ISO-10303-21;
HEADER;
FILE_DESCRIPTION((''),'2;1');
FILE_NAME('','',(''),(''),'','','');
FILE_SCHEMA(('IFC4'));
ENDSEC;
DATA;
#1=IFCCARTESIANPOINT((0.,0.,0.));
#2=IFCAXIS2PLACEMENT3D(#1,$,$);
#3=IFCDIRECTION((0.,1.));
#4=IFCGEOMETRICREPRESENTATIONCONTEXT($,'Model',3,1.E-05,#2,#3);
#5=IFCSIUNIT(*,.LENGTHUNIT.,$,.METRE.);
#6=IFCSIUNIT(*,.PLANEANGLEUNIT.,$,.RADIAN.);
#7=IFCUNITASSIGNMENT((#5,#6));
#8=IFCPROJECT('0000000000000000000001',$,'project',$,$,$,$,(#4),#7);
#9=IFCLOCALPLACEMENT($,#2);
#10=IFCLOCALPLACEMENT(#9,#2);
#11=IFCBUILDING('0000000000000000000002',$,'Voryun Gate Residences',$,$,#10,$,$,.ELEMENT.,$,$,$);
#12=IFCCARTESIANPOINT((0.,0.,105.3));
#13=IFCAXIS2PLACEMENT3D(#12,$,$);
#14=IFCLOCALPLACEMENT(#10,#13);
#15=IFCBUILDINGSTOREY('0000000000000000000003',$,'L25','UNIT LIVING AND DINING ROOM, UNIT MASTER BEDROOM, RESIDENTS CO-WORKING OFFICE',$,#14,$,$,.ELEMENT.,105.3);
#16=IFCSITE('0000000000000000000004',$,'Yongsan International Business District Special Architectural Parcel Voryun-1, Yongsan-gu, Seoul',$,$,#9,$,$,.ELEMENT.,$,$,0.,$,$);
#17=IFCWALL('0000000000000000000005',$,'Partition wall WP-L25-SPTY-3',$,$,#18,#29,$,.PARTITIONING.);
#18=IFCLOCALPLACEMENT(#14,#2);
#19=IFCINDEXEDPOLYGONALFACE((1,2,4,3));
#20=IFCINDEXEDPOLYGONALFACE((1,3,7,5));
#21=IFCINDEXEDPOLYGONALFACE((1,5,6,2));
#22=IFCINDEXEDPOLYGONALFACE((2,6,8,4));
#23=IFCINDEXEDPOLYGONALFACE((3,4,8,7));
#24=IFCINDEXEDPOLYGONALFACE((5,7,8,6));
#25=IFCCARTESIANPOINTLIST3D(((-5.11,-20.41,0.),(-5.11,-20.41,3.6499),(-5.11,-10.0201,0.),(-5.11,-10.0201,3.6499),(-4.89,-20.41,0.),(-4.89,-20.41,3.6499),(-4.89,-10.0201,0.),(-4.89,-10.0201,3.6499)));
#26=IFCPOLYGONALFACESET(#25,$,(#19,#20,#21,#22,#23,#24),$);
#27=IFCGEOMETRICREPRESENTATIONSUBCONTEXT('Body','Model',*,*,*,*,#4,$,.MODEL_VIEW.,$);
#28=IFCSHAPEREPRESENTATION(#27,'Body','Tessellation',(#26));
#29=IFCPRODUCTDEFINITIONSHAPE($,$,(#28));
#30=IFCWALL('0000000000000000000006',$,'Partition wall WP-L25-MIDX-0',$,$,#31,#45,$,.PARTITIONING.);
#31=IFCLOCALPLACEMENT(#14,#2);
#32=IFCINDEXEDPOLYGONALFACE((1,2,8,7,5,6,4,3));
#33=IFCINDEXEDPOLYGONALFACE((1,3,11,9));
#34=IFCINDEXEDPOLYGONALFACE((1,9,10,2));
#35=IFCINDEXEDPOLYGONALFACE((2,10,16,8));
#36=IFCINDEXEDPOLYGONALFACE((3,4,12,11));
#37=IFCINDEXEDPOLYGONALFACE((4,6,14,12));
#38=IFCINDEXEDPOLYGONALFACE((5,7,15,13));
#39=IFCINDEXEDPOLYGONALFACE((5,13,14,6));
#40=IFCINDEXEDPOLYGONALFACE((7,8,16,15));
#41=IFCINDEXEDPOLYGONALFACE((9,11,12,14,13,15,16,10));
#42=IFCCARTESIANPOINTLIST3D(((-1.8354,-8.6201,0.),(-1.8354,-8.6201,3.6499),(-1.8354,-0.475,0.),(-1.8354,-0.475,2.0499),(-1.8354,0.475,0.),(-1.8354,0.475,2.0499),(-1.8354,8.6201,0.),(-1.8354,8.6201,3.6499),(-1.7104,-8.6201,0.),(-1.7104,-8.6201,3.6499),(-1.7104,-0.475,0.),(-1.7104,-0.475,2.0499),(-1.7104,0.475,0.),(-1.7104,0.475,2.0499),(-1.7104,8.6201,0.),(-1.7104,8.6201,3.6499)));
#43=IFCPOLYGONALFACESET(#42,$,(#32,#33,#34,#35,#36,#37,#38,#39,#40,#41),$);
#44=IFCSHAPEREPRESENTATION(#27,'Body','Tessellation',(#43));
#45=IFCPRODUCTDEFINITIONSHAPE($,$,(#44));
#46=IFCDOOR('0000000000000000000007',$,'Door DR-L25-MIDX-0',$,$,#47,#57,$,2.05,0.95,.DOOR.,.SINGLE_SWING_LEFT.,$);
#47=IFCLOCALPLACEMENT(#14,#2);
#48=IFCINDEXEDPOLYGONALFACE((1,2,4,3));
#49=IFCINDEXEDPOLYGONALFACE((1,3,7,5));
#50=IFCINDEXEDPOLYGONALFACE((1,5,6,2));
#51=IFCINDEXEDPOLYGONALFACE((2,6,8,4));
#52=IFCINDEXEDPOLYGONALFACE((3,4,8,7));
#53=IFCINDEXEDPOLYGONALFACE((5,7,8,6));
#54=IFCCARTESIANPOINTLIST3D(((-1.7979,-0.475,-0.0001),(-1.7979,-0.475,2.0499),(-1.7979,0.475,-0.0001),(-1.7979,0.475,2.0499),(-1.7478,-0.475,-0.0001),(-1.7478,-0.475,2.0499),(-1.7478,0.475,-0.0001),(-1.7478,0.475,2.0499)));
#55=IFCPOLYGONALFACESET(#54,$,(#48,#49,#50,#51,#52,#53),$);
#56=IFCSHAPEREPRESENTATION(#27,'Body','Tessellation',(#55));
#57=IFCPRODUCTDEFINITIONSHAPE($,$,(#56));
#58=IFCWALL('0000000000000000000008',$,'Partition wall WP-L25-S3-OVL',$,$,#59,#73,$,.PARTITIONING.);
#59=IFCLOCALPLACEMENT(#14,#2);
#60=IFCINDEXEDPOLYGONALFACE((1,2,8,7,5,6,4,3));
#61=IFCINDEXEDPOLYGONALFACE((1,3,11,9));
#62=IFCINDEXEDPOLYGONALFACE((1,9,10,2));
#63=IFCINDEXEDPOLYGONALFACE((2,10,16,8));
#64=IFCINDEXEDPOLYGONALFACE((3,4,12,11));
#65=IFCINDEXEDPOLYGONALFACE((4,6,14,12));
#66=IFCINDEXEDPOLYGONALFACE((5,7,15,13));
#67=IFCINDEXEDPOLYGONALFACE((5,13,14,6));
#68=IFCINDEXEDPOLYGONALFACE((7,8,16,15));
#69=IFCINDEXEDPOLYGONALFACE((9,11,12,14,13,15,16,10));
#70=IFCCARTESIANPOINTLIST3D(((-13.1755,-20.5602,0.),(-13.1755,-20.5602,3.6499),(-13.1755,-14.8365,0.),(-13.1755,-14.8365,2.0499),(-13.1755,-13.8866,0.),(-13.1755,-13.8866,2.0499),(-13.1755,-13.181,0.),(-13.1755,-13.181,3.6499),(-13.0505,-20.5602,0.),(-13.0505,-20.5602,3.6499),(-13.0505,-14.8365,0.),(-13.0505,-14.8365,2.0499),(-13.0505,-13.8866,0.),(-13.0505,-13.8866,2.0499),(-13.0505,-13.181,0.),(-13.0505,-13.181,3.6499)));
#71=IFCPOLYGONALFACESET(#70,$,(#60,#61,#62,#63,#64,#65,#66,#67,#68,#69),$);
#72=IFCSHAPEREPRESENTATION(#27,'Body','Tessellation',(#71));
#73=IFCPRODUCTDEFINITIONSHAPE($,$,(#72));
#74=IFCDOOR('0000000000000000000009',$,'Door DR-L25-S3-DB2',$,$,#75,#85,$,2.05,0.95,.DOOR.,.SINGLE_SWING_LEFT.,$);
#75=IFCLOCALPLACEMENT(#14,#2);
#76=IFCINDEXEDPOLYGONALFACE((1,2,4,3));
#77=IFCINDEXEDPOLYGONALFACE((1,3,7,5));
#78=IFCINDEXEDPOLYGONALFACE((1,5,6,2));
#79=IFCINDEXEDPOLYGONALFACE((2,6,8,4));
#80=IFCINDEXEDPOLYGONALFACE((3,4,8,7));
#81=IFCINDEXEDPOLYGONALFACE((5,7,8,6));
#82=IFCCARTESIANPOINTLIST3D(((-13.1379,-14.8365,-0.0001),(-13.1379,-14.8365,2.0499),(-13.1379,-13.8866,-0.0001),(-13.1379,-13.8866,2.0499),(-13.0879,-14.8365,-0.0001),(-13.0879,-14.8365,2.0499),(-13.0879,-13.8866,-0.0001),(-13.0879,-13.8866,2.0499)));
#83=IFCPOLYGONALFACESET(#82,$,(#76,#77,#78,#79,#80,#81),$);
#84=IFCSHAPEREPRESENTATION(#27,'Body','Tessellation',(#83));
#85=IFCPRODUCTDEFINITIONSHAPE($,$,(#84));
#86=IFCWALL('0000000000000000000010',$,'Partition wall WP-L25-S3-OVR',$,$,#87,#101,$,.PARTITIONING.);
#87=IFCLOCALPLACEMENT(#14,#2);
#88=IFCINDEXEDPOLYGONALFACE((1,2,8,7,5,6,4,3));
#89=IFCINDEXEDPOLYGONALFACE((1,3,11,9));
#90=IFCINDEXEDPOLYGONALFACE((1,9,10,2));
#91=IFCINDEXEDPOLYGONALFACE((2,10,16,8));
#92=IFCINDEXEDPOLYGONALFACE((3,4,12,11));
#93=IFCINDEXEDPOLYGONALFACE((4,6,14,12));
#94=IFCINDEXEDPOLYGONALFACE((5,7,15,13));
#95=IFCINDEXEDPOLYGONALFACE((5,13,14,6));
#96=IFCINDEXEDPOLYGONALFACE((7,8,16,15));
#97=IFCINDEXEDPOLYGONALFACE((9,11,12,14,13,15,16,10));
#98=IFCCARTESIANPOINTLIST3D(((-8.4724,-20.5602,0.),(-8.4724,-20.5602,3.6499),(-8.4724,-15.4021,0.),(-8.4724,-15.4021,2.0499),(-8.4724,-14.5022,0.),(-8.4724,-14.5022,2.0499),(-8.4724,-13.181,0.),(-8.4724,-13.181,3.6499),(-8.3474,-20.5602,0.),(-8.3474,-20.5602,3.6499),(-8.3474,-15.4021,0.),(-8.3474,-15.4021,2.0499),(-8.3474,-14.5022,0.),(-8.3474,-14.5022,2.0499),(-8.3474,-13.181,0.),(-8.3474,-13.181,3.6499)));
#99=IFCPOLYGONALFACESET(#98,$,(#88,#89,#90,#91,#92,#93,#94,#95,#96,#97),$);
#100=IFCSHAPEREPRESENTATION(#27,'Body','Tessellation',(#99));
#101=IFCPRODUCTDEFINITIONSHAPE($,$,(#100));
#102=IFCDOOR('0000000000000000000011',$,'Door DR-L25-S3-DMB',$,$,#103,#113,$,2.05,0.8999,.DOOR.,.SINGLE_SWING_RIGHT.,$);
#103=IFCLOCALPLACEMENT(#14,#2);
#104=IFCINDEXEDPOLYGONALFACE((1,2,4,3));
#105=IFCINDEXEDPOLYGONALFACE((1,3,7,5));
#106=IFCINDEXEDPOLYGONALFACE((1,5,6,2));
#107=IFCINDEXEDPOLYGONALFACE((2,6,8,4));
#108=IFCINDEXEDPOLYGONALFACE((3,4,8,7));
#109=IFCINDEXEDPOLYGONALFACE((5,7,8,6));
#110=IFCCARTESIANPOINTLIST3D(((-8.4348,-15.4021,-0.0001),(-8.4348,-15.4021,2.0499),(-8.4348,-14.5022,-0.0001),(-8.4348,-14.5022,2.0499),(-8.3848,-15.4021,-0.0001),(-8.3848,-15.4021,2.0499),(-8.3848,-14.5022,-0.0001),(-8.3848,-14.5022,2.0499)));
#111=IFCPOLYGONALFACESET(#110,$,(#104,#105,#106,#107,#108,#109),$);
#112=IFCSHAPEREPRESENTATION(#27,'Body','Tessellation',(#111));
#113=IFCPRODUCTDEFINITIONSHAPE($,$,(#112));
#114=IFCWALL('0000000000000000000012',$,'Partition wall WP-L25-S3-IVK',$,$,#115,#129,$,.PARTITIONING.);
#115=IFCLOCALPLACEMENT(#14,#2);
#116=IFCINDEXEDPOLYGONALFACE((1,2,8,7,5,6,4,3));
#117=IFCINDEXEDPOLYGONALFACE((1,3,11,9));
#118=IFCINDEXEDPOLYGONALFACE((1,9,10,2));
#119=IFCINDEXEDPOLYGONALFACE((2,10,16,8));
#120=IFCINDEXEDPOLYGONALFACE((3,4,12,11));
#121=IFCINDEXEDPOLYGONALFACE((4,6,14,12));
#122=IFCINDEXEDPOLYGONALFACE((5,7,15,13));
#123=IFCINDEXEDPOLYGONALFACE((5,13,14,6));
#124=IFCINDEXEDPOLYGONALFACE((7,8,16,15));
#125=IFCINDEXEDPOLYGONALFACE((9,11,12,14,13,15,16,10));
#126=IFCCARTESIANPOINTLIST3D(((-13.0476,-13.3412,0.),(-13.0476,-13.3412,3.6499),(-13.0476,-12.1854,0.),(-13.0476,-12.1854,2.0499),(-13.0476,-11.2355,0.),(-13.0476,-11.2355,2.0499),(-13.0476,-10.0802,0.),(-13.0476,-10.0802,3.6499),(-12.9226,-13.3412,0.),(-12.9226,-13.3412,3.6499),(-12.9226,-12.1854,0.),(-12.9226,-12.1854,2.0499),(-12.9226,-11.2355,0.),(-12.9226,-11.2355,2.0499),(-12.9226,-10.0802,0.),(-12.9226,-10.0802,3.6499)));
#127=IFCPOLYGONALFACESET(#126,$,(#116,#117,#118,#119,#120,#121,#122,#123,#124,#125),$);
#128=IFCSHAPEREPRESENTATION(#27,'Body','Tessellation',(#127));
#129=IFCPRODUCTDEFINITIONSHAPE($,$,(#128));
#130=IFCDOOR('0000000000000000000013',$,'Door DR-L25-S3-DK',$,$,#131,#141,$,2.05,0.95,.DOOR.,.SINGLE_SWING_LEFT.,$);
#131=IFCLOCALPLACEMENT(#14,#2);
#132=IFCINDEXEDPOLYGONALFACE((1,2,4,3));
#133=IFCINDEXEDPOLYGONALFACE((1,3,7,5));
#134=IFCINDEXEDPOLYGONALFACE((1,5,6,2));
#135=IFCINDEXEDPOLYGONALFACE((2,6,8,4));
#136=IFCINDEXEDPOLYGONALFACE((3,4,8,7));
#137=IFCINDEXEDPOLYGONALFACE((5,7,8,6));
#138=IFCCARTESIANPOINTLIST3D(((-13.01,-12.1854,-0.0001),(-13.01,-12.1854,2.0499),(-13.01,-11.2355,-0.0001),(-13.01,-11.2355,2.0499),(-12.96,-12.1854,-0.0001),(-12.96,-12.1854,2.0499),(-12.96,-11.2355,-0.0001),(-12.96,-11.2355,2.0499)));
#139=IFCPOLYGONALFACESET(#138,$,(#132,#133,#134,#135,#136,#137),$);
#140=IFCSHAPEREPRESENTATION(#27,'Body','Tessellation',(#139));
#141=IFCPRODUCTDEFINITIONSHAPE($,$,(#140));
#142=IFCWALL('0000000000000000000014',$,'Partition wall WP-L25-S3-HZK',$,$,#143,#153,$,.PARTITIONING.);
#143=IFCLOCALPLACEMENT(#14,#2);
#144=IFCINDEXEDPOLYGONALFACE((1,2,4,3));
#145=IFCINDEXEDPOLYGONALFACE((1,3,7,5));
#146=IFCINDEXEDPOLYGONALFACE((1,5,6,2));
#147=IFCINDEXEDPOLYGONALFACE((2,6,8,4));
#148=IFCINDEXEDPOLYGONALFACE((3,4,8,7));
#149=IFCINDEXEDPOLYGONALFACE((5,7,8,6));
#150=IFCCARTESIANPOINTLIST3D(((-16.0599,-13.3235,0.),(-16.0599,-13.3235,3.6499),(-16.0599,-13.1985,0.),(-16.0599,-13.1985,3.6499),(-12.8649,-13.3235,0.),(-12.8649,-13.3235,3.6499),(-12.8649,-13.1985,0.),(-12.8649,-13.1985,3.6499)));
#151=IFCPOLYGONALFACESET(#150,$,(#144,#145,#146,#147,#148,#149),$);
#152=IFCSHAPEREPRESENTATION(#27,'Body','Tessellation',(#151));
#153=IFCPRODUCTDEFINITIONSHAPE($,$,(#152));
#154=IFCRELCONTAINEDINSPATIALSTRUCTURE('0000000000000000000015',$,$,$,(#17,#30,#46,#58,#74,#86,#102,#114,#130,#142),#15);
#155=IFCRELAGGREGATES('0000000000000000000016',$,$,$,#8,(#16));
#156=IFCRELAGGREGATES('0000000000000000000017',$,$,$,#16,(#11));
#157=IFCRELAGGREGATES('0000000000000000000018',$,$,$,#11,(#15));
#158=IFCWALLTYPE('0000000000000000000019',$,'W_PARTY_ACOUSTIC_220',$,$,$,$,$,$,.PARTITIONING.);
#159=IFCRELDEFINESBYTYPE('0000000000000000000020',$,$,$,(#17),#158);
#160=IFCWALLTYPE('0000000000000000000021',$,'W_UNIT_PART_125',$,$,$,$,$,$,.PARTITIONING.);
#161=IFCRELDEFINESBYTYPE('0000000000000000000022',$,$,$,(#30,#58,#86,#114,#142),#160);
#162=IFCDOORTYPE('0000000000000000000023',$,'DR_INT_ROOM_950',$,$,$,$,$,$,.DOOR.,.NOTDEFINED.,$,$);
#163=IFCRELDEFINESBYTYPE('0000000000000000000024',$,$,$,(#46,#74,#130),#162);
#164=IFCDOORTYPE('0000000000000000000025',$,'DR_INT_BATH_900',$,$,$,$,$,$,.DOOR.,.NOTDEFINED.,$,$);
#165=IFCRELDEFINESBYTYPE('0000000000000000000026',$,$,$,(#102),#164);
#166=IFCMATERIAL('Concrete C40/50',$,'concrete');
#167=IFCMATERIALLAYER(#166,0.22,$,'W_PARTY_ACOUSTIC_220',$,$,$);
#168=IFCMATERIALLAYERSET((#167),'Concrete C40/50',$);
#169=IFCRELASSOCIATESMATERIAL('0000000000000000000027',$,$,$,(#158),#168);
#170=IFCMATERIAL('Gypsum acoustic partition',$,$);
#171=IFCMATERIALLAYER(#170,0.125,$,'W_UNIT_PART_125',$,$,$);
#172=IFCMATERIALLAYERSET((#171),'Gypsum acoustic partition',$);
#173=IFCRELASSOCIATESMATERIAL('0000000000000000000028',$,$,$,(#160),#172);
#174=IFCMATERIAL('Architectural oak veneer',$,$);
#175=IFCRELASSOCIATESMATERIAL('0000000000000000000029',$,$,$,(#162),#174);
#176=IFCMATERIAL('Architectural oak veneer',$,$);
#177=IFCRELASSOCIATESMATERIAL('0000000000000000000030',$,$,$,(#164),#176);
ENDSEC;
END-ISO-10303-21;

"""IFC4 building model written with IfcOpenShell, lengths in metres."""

from ifc_helpers import new_model, si_unit, direction, frame, frame_2d, origin, place, context, subcontext, project, spatial, rectangle, extrude, material, layer, layer_set, type_object, element, fill, save


model = new_model("IFC4")

# Units and contexts
model_context = context("Model", 3, precision=1e-05, world=origin(), true_north=direction((0.0, 1.0)))
body_context = subcontext(model_context, "Body", "Model", "MODEL_VIEW")
ifc_project = project(units=[si_unit("LENGTHUNIT", "METRE"), si_unit("PLANEANGLEUNIT", "RADIAN")], contexts=[model_context])

# Site, building, storey
site_placement = place(None, origin())
site = spatial("IfcSite", under=ifc_project, at=site_placement, Name="Yongsan International Business District Special Architectural Parcel Voryun-1, Yongsan-gu, Seoul", CompositionType="ELEMENT", RefElevation=0.0)
building_placement = place(site_placement, origin())
building = spatial("IfcBuilding", under=site, at=building_placement, Name="Voryun Gate Residences", CompositionType="ELEMENT")
storey_placement = place(building_placement, frame((0.0, 0.0, 105.3)))
storey = spatial("IfcBuildingStorey", under=building, at=storey_placement, Name="L25", Description="UNIT LIVING AND DINING ROOM, UNIT MASTER BEDROOM, RESIDENTS CO-WORKING OFFICE", CompositionType="ELEMENT", Elevation=105.3)

# Wall
ifc_material_1 = material(Name="Concrete C40/50", Category="concrete")
ifc_layer_1 = layer(ifc_material_1, 0.22, Name="W_PARTY_ACOUSTIC_220")
ifc_layer_set_1 = layer_set([ifc_layer_1], Name="Concrete C40/50")
wall_type_1 = type_object("IfcWallType", Name="W_PARTY_ACOUSTIC_220", PredefinedType="PARTITIONING", material=ifc_layer_set_1)
for number, where, z_axis, x_axis, name in (
    (1, (-5.0, -20.4099, 0.0), (0.0, 0.0, 1.0), (0.0, 1.0, 0.0), "Partition wall WP-L25-SPTY-3"),
):
    element("IfcWall", number, at=place(storey_placement, frame(where, z_axis=z_axis, x_axis=x_axis)), inside=storey, type_object=wall_type_1, Name=name, PredefinedType="PARTITIONING", context=body_context, shape_type="SweptSolid", body=[
        extrude(rectangle(XDim=10.3899, YDim=0.22, at=frame_2d((5.1948, 0.0))), origin(), (0.0, 0.0, 1.0), 3.6499),
    ])

# Walls, openings, doors
ifc_material_2 = material(Name="Gypsum acoustic partition")
ifc_layer_2 = layer(ifc_material_2, 0.125, Name="W_UNIT_PART_125")
ifc_layer_set_2 = layer_set([ifc_layer_2], Name="Gypsum acoustic partition")
wall_type_2 = type_object("IfcWallType", Name="W_UNIT_PART_125", PredefinedType="PARTITIONING", material=ifc_layer_set_2)
wall_1_placement = place(storey_placement, frame((-1.7729, -8.6201, 0.0), z_axis=(0.0, 0.0, 1.0), x_axis=(0.0, 1.0, 0.0)))
wall_1 = element("IfcWall", 2, at=wall_1_placement, inside=storey, type_object=wall_type_2, Name="Partition wall WP-L25-MIDX-0", PredefinedType="PARTITIONING", context=body_context, shape_type="SweptSolid", body=[
    extrude(rectangle(XDim=17.2402, YDim=0.125, at=frame_2d((8.6201, 0.0))), origin(), (0.0, 0.0, 1.0), 3.6499),
])
opening_1_placement = place(wall_1_placement, frame((8.145, 0.0, 0.0)))
opening_1 = element("IfcOpeningElement", 3, at=opening_1_placement, cuts=wall_1, PredefinedType="OPENING", context=body_context, shape_type="SweptSolid", body=[
    extrude(rectangle(XDim=0.95, YDim=2.05, at=frame_2d((0.4751, 1.0249))), frame((0.0, 0.0725, 0.0), z_axis=(0.0, -1.0, 0.0), x_axis=(1.0, 0.0, 0.0)), (0.0, 0.0, 1.0), 0.145),
])
ifc_material_3 = material(Name="Architectural oak veneer")
door_type_1 = type_object("IfcDoorType", Name="DR_INT_ROOM_950", OperationType="NOTDEFINED", PredefinedType="DOOR", material=ifc_material_3)
door_1_placement = place(opening_1_placement, origin())
door_1 = element("IfcDoor", 4, at=door_1_placement, inside=storey, type_object=door_type_1, Name="Door DR-L25-MIDX-0", OperationType="SINGLE_SWING_LEFT", OverallHeight=2.05, OverallWidth=0.95, PredefinedType="DOOR", context=body_context, shape_type="SweptSolid", body=[
    extrude(rectangle(XDim=0.95, YDim=2.05, at=frame_2d((0.4751, 1.0249))), frame((0.0, 0.0249, 0.0), z_axis=(0.0, -1.0, 0.0), x_axis=(1.0, 0.0, 0.0)), (0.0, 0.0, 1.0), 0.05),
])
fill(opening_1, door_1)
wall_2_placement = place(storey_placement, frame((-13.113, -20.5601, 0.0), z_axis=(0.0, 0.0, 1.0), x_axis=(0.0, 1.0, 0.0)))
wall_2 = element("IfcWall", 5, at=wall_2_placement, inside=storey, type_object=wall_type_2, Name="Partition wall WP-L25-S3-OVL", PredefinedType="PARTITIONING", context=body_context, shape_type="SweptSolid", body=[
    extrude(rectangle(XDim=7.3792, YDim=0.125, at=frame_2d((3.6895, 0.0))), origin(), (0.0, 0.0, 1.0), 3.6499),
])
opening_2_placement = place(wall_2_placement, frame((5.7234, 0.0, 0.0)))
opening_2 = element("IfcOpeningElement", 6, at=opening_2_placement, cuts=wall_2, PredefinedType="OPENING", context=body_context, shape_type="SweptSolid", body=[
    extrude(rectangle(XDim=0.95, YDim=2.05, at=frame_2d((0.4751, 1.0249))), frame((0.0, 0.0725, 0.0), z_axis=(0.0, -1.0, 0.0), x_axis=(1.0, 0.0, 0.0)), (0.0, 0.0, 1.0), 0.145),
])
door_2_placement = place(opening_2_placement, origin())
door_2 = element("IfcDoor", 7, at=door_2_placement, inside=storey, type_object=door_type_1, Name="Door DR-L25-S3-DB2", OperationType="SINGLE_SWING_LEFT", OverallHeight=2.05, OverallWidth=0.95, PredefinedType="DOOR", context=body_context, shape_type="SweptSolid", body=[
    extrude(rectangle(XDim=0.95, YDim=2.05, at=frame_2d((0.4751, 1.0249))), frame((0.0, 0.0249, 0.0), z_axis=(0.0, -1.0, 0.0), x_axis=(1.0, 0.0, 0.0)), (0.0, 0.0, 1.0), 0.05),
])
fill(opening_2, door_2)
wall_3_placement = place(storey_placement, frame((-8.4099, -20.5601, 0.0), z_axis=(0.0, 0.0, 1.0), x_axis=(0.0, 1.0, 0.0)))
wall_3 = element("IfcWall", 8, at=wall_3_placement, inside=storey, type_object=wall_type_2, Name="Partition wall WP-L25-S3-OVR", PredefinedType="PARTITIONING", context=body_context, shape_type="SweptSolid", body=[
    extrude(rectangle(XDim=7.3792, YDim=0.125, at=frame_2d((3.6895, 0.0))), origin(), (0.0, 0.0, 1.0), 3.6499),
])
opening_3_placement = place(wall_3_placement, frame((5.158, 0.0, 0.0)))
opening_3 = element("IfcOpeningElement", 9, at=opening_3_placement, cuts=wall_3, PredefinedType="OPENING", context=body_context, shape_type="SweptSolid", body=[
    extrude(rectangle(XDim=0.8999, YDim=2.05, at=frame_2d((0.45, 1.0249))), frame((0.0, 0.0725, 0.0), z_axis=(0.0, -1.0, 0.0), x_axis=(1.0, 0.0, 0.0)), (0.0, 0.0, 1.0), 0.145),
])
ifc_material_4 = material(Name="Architectural oak veneer")
door_type_2 = type_object("IfcDoorType", Name="DR_INT_BATH_900", OperationType="NOTDEFINED", PredefinedType="DOOR", material=ifc_material_4)
door_3_placement = place(opening_3_placement, origin())
door_3 = element("IfcDoor", 10, at=door_3_placement, inside=storey, type_object=door_type_2, Name="Door DR-L25-S3-DMB", OperationType="SINGLE_SWING_RIGHT", OverallHeight=2.05, OverallWidth=0.8999, PredefinedType="DOOR", context=body_context, shape_type="SweptSolid", body=[
    extrude(rectangle(XDim=0.8999, YDim=2.05, at=frame_2d((0.45, 1.0249))), frame((0.0, 0.0249, 0.0), z_axis=(0.0, -1.0, 0.0), x_axis=(1.0, 0.0, 0.0)), (0.0, 0.0, 1.0), 0.05),
])
fill(opening_3, door_3)
wall_4_placement = place(storey_placement, frame((-12.9851, -13.3411, 0.0), z_axis=(0.0, 0.0, 1.0), x_axis=(0.0, 1.0, 0.0)))
wall_4 = element("IfcWall", 11, at=wall_4_placement, inside=storey, type_object=wall_type_2, Name="Partition wall WP-L25-S3-IVK", PredefinedType="PARTITIONING", context=body_context, shape_type="SweptSolid", body=[
    extrude(rectangle(XDim=3.261, YDim=0.125, at=frame_2d((1.6304, 0.0))), origin(), (0.0, 0.0, 1.0), 3.6499),
])
opening_4_placement = place(wall_4_placement, frame((1.1555, 0.0, 0.0)))
opening_4 = element("IfcOpeningElement", 12, at=opening_4_placement, cuts=wall_4, PredefinedType="OPENING", context=body_context, shape_type="SweptSolid", body=[
    extrude(rectangle(XDim=0.95, YDim=2.05, at=frame_2d((0.4751, 1.0249))), frame((0.0, 0.0725, 0.0), z_axis=(0.0, -1.0, 0.0), x_axis=(1.0, 0.0, 0.0)), (0.0, 0.0, 1.0), 0.145),
])
door_4_placement = place(opening_4_placement, origin())
door_4 = element("IfcDoor", 13, at=door_4_placement, inside=storey, type_object=door_type_1, Name="Door DR-L25-S3-DK", OperationType="SINGLE_SWING_LEFT", OverallHeight=2.05, OverallWidth=0.95, PredefinedType="DOOR", context=body_context, shape_type="SweptSolid", body=[
    extrude(rectangle(XDim=0.95, YDim=2.05, at=frame_2d((0.4751, 1.0249))), frame((0.0, 0.0249, 0.0), z_axis=(0.0, -1.0, 0.0), x_axis=(1.0, 0.0, 0.0)), (0.0, 0.0, 1.0), 0.05),
])
fill(opening_4, door_4)

# Wall
wall_5_placement = place(storey_placement, frame((-16.0601, -13.261, 0.0), z_axis=(0.0, 0.0, 1.0), x_axis=(1.0, 0.0, 0.0)))
element("IfcWall", 14, at=wall_5_placement, inside=storey, type_object=wall_type_2, Name="Partition wall WP-L25-S3-HZK", PredefinedType="PARTITIONING", context=body_context, shape_type="SweptSolid", body=[
    extrude(rectangle(XDim=3.1951, YDim=0.125, at=frame_2d((1.5977, 0.0))), origin(), (0.0, 0.0, 1.0), 3.6499),
])

save(model, "model.ifc")
